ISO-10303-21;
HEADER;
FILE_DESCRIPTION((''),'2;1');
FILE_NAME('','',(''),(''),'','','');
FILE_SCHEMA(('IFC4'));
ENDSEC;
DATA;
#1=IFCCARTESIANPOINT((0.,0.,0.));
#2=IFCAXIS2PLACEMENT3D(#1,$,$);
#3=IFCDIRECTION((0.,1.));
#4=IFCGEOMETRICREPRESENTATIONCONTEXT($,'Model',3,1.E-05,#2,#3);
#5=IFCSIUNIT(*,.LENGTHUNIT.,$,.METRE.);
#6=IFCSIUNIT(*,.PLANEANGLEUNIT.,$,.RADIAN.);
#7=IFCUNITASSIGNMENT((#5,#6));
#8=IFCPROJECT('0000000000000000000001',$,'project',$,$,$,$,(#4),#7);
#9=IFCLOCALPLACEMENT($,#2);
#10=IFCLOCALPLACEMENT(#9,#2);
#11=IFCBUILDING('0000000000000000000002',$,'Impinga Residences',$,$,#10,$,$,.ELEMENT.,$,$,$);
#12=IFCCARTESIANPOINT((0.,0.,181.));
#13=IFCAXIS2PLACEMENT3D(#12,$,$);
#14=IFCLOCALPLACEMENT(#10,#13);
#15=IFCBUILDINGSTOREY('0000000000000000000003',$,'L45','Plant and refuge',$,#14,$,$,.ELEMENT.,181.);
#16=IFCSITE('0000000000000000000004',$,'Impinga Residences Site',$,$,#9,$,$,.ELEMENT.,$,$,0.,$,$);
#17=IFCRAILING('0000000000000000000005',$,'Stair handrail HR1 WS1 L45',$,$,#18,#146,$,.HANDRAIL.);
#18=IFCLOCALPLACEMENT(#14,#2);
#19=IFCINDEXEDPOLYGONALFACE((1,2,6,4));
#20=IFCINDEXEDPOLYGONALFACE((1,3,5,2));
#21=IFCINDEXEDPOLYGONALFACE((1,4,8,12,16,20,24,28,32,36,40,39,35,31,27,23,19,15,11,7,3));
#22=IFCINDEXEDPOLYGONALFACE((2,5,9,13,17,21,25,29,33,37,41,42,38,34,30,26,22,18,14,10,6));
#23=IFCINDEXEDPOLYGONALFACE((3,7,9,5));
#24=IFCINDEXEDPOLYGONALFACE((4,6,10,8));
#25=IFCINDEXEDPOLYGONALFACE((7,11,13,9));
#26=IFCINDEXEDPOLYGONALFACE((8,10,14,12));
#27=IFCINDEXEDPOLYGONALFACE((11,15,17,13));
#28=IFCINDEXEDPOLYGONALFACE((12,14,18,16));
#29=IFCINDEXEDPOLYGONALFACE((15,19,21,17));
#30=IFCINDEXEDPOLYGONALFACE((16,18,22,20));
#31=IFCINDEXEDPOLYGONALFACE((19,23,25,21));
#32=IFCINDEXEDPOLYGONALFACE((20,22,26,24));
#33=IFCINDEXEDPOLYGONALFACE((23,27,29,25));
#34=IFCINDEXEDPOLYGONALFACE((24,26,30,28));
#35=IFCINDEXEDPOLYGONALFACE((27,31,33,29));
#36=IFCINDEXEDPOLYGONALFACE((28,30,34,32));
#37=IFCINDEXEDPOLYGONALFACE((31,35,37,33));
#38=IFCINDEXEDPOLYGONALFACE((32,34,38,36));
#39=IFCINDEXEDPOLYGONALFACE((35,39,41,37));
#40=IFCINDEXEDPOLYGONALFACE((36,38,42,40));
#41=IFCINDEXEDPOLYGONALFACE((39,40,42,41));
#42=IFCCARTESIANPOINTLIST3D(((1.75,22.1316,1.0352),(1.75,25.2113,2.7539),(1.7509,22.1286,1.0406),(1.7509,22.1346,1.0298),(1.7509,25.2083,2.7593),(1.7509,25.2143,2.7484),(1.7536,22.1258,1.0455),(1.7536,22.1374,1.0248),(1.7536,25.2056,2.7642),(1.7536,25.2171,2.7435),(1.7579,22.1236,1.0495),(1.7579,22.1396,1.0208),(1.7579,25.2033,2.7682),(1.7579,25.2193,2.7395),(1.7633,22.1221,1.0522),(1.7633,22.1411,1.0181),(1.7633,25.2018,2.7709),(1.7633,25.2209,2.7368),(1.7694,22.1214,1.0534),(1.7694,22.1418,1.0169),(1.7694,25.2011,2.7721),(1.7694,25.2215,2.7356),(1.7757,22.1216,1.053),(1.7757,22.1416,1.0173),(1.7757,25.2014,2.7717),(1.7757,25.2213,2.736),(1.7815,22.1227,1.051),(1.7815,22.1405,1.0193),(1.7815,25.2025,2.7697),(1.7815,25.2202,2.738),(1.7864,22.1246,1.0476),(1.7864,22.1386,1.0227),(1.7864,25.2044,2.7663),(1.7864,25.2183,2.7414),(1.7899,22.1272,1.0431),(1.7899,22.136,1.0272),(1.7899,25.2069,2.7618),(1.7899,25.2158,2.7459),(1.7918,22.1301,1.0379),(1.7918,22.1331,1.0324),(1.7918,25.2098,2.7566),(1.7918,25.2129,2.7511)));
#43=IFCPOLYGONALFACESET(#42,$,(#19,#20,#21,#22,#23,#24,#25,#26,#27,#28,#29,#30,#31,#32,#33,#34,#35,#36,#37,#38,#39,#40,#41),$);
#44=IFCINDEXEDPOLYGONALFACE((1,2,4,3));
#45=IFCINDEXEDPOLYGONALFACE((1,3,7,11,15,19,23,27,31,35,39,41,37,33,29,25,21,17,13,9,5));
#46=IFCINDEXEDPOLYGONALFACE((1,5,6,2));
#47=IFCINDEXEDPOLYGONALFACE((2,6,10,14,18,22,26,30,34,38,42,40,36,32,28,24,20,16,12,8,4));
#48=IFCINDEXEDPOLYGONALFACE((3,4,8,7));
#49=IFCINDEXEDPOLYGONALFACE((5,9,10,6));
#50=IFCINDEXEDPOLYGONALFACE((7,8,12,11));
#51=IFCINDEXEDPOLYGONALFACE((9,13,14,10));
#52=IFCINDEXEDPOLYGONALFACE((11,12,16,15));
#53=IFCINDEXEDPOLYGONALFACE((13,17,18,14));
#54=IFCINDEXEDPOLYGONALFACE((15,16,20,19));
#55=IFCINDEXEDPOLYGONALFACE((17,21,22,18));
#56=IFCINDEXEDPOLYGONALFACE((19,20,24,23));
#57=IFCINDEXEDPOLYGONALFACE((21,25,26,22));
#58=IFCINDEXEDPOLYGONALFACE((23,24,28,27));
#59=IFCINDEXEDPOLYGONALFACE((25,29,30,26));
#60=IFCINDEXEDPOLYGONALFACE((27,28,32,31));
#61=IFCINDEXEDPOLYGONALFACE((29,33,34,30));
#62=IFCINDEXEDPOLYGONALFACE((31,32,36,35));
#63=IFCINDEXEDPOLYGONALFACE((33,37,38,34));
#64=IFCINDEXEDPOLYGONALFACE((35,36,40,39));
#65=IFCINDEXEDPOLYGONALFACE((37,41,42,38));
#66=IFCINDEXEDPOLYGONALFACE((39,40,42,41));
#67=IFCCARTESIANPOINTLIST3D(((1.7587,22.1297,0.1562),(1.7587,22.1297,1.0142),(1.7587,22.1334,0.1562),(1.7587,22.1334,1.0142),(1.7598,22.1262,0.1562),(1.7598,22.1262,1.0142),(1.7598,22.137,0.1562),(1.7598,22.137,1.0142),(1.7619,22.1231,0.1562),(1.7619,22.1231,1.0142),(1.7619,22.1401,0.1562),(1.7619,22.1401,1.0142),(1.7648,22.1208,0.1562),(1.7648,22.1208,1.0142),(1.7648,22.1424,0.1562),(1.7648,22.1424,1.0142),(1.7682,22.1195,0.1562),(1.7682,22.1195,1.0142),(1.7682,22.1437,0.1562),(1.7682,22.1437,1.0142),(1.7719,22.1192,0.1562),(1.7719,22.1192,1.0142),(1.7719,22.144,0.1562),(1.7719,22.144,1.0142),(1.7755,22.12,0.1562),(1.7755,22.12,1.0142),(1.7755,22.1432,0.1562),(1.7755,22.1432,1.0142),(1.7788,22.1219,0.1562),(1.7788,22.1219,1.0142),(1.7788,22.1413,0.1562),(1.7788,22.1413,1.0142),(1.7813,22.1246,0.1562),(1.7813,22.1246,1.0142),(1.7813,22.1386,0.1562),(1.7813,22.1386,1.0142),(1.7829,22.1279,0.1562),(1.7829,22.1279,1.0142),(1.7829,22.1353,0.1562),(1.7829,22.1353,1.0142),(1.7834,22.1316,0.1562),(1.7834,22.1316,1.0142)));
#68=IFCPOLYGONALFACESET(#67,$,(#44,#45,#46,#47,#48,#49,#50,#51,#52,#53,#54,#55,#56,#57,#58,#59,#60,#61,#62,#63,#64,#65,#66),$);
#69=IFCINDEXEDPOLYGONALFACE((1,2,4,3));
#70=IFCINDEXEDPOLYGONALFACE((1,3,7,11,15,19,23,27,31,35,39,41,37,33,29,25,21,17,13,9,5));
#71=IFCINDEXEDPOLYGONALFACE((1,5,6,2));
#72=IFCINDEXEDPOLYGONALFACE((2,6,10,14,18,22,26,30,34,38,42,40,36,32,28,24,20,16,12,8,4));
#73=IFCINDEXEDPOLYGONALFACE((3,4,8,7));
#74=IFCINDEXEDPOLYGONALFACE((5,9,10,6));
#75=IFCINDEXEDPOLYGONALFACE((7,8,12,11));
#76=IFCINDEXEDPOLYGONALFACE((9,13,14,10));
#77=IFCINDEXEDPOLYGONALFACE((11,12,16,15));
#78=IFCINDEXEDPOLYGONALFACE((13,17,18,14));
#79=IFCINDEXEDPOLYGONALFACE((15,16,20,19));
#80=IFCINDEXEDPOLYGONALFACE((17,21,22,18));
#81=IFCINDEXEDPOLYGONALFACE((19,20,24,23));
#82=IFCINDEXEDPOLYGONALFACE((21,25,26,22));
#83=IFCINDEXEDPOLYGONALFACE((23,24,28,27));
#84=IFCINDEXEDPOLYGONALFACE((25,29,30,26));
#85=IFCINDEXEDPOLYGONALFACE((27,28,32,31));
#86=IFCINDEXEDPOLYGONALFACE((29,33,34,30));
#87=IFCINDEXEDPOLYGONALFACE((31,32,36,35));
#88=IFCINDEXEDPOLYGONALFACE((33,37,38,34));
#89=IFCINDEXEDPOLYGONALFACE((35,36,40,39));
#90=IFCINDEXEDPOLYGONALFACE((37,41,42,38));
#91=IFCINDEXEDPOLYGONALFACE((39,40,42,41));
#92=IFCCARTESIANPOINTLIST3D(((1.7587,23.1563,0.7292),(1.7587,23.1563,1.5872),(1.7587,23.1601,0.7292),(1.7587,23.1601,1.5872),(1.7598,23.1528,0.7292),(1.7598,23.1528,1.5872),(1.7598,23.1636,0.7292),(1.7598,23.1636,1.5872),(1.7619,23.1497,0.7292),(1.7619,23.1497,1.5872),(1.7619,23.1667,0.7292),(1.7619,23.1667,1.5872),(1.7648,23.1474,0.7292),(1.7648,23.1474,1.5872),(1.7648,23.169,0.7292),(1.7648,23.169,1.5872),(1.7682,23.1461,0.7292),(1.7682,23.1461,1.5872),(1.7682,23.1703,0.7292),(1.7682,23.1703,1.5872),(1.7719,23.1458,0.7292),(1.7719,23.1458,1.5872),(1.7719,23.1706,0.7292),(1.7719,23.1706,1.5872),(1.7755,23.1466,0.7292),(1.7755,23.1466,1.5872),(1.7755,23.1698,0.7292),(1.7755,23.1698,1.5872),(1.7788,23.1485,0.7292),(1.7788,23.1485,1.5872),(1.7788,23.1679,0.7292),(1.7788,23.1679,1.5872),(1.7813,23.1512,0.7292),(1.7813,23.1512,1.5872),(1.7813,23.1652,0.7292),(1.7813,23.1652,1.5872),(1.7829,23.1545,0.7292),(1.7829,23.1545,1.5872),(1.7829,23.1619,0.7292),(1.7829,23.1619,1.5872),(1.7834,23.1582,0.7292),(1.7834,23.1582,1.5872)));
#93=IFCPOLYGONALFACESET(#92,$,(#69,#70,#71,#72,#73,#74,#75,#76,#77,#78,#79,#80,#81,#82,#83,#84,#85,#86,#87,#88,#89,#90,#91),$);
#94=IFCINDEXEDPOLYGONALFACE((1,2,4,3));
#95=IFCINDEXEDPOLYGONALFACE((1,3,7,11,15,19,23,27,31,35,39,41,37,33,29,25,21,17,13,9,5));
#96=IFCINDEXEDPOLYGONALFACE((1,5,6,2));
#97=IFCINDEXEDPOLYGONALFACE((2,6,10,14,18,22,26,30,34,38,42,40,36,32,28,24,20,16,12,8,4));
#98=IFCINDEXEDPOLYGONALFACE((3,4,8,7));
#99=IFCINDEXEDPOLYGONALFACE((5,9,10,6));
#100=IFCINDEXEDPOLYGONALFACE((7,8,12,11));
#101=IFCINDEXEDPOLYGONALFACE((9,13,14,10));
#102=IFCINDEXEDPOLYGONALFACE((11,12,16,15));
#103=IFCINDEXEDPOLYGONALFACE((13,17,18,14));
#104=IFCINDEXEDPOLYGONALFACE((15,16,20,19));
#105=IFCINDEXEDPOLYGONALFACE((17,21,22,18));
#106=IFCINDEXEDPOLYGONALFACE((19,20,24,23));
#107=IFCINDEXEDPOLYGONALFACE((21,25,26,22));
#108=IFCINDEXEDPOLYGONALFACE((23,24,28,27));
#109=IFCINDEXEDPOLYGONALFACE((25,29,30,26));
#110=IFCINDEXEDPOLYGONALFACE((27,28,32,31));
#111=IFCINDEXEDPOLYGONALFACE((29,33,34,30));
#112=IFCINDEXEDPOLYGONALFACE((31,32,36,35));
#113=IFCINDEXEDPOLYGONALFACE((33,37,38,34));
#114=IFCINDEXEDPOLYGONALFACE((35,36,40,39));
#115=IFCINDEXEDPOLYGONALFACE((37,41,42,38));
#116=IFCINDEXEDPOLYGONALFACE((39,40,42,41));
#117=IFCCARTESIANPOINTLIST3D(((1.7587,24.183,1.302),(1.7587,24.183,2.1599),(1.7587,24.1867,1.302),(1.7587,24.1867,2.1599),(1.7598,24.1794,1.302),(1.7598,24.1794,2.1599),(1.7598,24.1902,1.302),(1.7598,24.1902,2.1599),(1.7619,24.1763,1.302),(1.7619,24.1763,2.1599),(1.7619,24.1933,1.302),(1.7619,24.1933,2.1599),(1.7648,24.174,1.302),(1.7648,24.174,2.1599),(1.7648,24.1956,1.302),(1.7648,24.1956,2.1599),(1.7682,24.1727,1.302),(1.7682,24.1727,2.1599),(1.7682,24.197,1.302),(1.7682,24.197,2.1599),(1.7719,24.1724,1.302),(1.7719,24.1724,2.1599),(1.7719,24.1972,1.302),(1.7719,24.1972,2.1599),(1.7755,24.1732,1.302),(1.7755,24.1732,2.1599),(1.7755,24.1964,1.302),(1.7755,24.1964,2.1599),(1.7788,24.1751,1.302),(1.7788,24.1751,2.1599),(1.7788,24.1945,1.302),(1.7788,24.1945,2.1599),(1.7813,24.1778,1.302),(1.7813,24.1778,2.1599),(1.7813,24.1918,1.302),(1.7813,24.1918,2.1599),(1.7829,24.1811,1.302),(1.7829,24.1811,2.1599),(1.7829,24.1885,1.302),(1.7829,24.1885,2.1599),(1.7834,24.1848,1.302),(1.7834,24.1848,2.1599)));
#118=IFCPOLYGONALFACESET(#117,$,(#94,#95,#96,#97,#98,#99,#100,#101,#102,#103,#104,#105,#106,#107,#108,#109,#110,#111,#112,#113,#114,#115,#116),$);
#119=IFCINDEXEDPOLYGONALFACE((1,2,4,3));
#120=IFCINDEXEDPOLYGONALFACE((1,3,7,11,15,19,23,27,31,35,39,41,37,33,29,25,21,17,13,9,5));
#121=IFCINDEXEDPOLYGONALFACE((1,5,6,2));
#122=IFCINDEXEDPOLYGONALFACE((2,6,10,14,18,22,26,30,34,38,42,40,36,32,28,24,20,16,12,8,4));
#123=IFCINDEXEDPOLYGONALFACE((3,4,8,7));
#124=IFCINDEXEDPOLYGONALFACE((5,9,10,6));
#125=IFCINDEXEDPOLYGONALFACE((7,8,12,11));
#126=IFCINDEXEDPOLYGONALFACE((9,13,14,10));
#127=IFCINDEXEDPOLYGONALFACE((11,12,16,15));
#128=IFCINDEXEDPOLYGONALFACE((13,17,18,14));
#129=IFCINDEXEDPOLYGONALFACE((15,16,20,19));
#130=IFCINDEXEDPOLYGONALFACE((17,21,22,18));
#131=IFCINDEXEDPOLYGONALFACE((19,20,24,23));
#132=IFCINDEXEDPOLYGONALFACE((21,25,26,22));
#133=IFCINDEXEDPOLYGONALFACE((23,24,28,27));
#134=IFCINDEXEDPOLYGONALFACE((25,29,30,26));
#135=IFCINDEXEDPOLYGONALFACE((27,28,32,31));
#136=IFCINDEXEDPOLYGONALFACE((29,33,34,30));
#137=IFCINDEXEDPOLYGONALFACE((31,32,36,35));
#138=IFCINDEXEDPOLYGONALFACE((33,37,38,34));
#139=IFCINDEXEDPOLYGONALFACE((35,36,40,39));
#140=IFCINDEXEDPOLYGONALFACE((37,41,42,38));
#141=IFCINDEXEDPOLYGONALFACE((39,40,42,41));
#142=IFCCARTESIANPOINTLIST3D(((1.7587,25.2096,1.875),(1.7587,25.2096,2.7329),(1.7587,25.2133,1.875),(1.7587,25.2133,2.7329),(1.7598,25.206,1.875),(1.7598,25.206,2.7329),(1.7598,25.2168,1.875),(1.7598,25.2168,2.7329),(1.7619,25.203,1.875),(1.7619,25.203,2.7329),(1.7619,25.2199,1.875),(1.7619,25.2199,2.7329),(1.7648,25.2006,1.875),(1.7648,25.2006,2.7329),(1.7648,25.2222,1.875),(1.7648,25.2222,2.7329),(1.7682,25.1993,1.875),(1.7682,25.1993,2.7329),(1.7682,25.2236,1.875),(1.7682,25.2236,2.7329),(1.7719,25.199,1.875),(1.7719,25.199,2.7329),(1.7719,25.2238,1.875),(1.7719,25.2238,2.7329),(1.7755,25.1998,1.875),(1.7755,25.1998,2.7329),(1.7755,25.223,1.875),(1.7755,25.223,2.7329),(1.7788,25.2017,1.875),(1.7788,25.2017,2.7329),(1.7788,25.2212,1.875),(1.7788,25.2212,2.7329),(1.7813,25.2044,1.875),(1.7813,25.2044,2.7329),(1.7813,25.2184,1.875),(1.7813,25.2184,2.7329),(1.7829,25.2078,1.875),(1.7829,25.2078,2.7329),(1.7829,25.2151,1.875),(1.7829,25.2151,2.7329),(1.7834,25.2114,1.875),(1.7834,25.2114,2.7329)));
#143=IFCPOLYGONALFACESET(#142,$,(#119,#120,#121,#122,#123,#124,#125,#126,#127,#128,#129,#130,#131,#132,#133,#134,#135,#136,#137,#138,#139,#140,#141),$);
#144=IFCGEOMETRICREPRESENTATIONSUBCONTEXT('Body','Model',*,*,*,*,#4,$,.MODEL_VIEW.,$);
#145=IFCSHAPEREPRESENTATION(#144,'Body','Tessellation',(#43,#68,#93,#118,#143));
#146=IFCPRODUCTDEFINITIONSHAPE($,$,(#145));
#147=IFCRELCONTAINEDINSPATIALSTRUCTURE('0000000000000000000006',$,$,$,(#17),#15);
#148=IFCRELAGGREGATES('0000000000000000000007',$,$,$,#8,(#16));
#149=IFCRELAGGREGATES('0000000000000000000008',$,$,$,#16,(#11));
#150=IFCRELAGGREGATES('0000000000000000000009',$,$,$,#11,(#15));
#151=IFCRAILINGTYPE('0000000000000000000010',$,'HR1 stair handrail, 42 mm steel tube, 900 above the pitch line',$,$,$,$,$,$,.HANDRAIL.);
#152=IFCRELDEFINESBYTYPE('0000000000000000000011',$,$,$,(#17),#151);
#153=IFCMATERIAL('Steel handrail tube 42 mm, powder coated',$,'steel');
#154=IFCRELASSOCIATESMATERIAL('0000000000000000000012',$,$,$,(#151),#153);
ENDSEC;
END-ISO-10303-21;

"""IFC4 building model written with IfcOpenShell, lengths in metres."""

from ifc_helpers import new_model, si_unit, direction, frame, origin, origin_2d, place, context, subcontext, project, spatial, circle, extrude, material, type_object, element, save


model = new_model("IFC4")

# Units and contexts
model_context = context("Model", 3, precision=1e-05, world=origin(), true_north=direction((0.0, 1.0)))
body_context = subcontext(model_context, "Body", "Model", "MODEL_VIEW")
ifc_project = project(units=[si_unit("LENGTHUNIT", "METRE"), si_unit("PLANEANGLEUNIT", "RADIAN")], contexts=[model_context])

# Site, building, storey
site_placement = place(None, origin())
site = spatial("IfcSite", under=ifc_project, at=site_placement, Name="Impinga Residences Site", CompositionType="ELEMENT", RefElevation=0.0)
building_placement = place(site_placement, origin())
building = spatial("IfcBuilding", under=site, at=building_placement, Name="Impinga Residences", CompositionType="ELEMENT")
storey_placement = place(building_placement, frame((0.0, 0.0, 181.0)))
storey = spatial("IfcBuildingStorey", under=building, at=storey_placement, Name="L45", Description="Plant and refuge", CompositionType="ELEMENT", Elevation=181.0)

# Railing
ifc_material_1 = material(Name="Steel handrail tube 42 mm, powder coated", Category="steel")
railing_type = type_object("IfcRailingType", Name="HR1 stair handrail, 42 mm steel tube, 900 above the pitch line", PredefinedType="HANDRAIL", material=ifc_material_1)
for number, where, name in (
    (1, (1.771, 22.1316, 0.1562), "Stair handrail HR1 WS1 L45"),
):
    element("IfcRailing", number, at=place(storey_placement, frame(where)), inside=storey, type_object=railing_type, Name=name, PredefinedType="HANDRAIL", context=body_context, shape_type="SweptSolid", body=[
        extrude(circle(Radius=0.021, at=origin_2d()), frame((0.0, 0.0, 0.8789), z_axis=(0.0, 0.873225, 0.487317), x_axis=(-1.0, 0.0, 0.0)), (0.0, 0.0, 1.0), 3.5269),
        extrude(circle(Radius=0.0125, at=origin_2d()), origin(), (0.0, 0.0, 1.0), 0.8579),
        extrude(circle(Radius=0.0125, at=origin_2d()), frame((0.0, 1.0266, 0.573)), (0.0, 0.0, 1.0), 0.8579),
        extrude(circle(Radius=0.0125, at=origin_2d()), frame((0.0, 2.0532, 1.1458)), (0.0, 0.0, 1.0), 0.8579),
        extrude(circle(Radius=0.0125, at=origin_2d()), frame((0.0, 3.0798, 1.7188)), (0.0, 0.0, 1.0), 0.8579),
    ])

save(model, "model.ifc")
